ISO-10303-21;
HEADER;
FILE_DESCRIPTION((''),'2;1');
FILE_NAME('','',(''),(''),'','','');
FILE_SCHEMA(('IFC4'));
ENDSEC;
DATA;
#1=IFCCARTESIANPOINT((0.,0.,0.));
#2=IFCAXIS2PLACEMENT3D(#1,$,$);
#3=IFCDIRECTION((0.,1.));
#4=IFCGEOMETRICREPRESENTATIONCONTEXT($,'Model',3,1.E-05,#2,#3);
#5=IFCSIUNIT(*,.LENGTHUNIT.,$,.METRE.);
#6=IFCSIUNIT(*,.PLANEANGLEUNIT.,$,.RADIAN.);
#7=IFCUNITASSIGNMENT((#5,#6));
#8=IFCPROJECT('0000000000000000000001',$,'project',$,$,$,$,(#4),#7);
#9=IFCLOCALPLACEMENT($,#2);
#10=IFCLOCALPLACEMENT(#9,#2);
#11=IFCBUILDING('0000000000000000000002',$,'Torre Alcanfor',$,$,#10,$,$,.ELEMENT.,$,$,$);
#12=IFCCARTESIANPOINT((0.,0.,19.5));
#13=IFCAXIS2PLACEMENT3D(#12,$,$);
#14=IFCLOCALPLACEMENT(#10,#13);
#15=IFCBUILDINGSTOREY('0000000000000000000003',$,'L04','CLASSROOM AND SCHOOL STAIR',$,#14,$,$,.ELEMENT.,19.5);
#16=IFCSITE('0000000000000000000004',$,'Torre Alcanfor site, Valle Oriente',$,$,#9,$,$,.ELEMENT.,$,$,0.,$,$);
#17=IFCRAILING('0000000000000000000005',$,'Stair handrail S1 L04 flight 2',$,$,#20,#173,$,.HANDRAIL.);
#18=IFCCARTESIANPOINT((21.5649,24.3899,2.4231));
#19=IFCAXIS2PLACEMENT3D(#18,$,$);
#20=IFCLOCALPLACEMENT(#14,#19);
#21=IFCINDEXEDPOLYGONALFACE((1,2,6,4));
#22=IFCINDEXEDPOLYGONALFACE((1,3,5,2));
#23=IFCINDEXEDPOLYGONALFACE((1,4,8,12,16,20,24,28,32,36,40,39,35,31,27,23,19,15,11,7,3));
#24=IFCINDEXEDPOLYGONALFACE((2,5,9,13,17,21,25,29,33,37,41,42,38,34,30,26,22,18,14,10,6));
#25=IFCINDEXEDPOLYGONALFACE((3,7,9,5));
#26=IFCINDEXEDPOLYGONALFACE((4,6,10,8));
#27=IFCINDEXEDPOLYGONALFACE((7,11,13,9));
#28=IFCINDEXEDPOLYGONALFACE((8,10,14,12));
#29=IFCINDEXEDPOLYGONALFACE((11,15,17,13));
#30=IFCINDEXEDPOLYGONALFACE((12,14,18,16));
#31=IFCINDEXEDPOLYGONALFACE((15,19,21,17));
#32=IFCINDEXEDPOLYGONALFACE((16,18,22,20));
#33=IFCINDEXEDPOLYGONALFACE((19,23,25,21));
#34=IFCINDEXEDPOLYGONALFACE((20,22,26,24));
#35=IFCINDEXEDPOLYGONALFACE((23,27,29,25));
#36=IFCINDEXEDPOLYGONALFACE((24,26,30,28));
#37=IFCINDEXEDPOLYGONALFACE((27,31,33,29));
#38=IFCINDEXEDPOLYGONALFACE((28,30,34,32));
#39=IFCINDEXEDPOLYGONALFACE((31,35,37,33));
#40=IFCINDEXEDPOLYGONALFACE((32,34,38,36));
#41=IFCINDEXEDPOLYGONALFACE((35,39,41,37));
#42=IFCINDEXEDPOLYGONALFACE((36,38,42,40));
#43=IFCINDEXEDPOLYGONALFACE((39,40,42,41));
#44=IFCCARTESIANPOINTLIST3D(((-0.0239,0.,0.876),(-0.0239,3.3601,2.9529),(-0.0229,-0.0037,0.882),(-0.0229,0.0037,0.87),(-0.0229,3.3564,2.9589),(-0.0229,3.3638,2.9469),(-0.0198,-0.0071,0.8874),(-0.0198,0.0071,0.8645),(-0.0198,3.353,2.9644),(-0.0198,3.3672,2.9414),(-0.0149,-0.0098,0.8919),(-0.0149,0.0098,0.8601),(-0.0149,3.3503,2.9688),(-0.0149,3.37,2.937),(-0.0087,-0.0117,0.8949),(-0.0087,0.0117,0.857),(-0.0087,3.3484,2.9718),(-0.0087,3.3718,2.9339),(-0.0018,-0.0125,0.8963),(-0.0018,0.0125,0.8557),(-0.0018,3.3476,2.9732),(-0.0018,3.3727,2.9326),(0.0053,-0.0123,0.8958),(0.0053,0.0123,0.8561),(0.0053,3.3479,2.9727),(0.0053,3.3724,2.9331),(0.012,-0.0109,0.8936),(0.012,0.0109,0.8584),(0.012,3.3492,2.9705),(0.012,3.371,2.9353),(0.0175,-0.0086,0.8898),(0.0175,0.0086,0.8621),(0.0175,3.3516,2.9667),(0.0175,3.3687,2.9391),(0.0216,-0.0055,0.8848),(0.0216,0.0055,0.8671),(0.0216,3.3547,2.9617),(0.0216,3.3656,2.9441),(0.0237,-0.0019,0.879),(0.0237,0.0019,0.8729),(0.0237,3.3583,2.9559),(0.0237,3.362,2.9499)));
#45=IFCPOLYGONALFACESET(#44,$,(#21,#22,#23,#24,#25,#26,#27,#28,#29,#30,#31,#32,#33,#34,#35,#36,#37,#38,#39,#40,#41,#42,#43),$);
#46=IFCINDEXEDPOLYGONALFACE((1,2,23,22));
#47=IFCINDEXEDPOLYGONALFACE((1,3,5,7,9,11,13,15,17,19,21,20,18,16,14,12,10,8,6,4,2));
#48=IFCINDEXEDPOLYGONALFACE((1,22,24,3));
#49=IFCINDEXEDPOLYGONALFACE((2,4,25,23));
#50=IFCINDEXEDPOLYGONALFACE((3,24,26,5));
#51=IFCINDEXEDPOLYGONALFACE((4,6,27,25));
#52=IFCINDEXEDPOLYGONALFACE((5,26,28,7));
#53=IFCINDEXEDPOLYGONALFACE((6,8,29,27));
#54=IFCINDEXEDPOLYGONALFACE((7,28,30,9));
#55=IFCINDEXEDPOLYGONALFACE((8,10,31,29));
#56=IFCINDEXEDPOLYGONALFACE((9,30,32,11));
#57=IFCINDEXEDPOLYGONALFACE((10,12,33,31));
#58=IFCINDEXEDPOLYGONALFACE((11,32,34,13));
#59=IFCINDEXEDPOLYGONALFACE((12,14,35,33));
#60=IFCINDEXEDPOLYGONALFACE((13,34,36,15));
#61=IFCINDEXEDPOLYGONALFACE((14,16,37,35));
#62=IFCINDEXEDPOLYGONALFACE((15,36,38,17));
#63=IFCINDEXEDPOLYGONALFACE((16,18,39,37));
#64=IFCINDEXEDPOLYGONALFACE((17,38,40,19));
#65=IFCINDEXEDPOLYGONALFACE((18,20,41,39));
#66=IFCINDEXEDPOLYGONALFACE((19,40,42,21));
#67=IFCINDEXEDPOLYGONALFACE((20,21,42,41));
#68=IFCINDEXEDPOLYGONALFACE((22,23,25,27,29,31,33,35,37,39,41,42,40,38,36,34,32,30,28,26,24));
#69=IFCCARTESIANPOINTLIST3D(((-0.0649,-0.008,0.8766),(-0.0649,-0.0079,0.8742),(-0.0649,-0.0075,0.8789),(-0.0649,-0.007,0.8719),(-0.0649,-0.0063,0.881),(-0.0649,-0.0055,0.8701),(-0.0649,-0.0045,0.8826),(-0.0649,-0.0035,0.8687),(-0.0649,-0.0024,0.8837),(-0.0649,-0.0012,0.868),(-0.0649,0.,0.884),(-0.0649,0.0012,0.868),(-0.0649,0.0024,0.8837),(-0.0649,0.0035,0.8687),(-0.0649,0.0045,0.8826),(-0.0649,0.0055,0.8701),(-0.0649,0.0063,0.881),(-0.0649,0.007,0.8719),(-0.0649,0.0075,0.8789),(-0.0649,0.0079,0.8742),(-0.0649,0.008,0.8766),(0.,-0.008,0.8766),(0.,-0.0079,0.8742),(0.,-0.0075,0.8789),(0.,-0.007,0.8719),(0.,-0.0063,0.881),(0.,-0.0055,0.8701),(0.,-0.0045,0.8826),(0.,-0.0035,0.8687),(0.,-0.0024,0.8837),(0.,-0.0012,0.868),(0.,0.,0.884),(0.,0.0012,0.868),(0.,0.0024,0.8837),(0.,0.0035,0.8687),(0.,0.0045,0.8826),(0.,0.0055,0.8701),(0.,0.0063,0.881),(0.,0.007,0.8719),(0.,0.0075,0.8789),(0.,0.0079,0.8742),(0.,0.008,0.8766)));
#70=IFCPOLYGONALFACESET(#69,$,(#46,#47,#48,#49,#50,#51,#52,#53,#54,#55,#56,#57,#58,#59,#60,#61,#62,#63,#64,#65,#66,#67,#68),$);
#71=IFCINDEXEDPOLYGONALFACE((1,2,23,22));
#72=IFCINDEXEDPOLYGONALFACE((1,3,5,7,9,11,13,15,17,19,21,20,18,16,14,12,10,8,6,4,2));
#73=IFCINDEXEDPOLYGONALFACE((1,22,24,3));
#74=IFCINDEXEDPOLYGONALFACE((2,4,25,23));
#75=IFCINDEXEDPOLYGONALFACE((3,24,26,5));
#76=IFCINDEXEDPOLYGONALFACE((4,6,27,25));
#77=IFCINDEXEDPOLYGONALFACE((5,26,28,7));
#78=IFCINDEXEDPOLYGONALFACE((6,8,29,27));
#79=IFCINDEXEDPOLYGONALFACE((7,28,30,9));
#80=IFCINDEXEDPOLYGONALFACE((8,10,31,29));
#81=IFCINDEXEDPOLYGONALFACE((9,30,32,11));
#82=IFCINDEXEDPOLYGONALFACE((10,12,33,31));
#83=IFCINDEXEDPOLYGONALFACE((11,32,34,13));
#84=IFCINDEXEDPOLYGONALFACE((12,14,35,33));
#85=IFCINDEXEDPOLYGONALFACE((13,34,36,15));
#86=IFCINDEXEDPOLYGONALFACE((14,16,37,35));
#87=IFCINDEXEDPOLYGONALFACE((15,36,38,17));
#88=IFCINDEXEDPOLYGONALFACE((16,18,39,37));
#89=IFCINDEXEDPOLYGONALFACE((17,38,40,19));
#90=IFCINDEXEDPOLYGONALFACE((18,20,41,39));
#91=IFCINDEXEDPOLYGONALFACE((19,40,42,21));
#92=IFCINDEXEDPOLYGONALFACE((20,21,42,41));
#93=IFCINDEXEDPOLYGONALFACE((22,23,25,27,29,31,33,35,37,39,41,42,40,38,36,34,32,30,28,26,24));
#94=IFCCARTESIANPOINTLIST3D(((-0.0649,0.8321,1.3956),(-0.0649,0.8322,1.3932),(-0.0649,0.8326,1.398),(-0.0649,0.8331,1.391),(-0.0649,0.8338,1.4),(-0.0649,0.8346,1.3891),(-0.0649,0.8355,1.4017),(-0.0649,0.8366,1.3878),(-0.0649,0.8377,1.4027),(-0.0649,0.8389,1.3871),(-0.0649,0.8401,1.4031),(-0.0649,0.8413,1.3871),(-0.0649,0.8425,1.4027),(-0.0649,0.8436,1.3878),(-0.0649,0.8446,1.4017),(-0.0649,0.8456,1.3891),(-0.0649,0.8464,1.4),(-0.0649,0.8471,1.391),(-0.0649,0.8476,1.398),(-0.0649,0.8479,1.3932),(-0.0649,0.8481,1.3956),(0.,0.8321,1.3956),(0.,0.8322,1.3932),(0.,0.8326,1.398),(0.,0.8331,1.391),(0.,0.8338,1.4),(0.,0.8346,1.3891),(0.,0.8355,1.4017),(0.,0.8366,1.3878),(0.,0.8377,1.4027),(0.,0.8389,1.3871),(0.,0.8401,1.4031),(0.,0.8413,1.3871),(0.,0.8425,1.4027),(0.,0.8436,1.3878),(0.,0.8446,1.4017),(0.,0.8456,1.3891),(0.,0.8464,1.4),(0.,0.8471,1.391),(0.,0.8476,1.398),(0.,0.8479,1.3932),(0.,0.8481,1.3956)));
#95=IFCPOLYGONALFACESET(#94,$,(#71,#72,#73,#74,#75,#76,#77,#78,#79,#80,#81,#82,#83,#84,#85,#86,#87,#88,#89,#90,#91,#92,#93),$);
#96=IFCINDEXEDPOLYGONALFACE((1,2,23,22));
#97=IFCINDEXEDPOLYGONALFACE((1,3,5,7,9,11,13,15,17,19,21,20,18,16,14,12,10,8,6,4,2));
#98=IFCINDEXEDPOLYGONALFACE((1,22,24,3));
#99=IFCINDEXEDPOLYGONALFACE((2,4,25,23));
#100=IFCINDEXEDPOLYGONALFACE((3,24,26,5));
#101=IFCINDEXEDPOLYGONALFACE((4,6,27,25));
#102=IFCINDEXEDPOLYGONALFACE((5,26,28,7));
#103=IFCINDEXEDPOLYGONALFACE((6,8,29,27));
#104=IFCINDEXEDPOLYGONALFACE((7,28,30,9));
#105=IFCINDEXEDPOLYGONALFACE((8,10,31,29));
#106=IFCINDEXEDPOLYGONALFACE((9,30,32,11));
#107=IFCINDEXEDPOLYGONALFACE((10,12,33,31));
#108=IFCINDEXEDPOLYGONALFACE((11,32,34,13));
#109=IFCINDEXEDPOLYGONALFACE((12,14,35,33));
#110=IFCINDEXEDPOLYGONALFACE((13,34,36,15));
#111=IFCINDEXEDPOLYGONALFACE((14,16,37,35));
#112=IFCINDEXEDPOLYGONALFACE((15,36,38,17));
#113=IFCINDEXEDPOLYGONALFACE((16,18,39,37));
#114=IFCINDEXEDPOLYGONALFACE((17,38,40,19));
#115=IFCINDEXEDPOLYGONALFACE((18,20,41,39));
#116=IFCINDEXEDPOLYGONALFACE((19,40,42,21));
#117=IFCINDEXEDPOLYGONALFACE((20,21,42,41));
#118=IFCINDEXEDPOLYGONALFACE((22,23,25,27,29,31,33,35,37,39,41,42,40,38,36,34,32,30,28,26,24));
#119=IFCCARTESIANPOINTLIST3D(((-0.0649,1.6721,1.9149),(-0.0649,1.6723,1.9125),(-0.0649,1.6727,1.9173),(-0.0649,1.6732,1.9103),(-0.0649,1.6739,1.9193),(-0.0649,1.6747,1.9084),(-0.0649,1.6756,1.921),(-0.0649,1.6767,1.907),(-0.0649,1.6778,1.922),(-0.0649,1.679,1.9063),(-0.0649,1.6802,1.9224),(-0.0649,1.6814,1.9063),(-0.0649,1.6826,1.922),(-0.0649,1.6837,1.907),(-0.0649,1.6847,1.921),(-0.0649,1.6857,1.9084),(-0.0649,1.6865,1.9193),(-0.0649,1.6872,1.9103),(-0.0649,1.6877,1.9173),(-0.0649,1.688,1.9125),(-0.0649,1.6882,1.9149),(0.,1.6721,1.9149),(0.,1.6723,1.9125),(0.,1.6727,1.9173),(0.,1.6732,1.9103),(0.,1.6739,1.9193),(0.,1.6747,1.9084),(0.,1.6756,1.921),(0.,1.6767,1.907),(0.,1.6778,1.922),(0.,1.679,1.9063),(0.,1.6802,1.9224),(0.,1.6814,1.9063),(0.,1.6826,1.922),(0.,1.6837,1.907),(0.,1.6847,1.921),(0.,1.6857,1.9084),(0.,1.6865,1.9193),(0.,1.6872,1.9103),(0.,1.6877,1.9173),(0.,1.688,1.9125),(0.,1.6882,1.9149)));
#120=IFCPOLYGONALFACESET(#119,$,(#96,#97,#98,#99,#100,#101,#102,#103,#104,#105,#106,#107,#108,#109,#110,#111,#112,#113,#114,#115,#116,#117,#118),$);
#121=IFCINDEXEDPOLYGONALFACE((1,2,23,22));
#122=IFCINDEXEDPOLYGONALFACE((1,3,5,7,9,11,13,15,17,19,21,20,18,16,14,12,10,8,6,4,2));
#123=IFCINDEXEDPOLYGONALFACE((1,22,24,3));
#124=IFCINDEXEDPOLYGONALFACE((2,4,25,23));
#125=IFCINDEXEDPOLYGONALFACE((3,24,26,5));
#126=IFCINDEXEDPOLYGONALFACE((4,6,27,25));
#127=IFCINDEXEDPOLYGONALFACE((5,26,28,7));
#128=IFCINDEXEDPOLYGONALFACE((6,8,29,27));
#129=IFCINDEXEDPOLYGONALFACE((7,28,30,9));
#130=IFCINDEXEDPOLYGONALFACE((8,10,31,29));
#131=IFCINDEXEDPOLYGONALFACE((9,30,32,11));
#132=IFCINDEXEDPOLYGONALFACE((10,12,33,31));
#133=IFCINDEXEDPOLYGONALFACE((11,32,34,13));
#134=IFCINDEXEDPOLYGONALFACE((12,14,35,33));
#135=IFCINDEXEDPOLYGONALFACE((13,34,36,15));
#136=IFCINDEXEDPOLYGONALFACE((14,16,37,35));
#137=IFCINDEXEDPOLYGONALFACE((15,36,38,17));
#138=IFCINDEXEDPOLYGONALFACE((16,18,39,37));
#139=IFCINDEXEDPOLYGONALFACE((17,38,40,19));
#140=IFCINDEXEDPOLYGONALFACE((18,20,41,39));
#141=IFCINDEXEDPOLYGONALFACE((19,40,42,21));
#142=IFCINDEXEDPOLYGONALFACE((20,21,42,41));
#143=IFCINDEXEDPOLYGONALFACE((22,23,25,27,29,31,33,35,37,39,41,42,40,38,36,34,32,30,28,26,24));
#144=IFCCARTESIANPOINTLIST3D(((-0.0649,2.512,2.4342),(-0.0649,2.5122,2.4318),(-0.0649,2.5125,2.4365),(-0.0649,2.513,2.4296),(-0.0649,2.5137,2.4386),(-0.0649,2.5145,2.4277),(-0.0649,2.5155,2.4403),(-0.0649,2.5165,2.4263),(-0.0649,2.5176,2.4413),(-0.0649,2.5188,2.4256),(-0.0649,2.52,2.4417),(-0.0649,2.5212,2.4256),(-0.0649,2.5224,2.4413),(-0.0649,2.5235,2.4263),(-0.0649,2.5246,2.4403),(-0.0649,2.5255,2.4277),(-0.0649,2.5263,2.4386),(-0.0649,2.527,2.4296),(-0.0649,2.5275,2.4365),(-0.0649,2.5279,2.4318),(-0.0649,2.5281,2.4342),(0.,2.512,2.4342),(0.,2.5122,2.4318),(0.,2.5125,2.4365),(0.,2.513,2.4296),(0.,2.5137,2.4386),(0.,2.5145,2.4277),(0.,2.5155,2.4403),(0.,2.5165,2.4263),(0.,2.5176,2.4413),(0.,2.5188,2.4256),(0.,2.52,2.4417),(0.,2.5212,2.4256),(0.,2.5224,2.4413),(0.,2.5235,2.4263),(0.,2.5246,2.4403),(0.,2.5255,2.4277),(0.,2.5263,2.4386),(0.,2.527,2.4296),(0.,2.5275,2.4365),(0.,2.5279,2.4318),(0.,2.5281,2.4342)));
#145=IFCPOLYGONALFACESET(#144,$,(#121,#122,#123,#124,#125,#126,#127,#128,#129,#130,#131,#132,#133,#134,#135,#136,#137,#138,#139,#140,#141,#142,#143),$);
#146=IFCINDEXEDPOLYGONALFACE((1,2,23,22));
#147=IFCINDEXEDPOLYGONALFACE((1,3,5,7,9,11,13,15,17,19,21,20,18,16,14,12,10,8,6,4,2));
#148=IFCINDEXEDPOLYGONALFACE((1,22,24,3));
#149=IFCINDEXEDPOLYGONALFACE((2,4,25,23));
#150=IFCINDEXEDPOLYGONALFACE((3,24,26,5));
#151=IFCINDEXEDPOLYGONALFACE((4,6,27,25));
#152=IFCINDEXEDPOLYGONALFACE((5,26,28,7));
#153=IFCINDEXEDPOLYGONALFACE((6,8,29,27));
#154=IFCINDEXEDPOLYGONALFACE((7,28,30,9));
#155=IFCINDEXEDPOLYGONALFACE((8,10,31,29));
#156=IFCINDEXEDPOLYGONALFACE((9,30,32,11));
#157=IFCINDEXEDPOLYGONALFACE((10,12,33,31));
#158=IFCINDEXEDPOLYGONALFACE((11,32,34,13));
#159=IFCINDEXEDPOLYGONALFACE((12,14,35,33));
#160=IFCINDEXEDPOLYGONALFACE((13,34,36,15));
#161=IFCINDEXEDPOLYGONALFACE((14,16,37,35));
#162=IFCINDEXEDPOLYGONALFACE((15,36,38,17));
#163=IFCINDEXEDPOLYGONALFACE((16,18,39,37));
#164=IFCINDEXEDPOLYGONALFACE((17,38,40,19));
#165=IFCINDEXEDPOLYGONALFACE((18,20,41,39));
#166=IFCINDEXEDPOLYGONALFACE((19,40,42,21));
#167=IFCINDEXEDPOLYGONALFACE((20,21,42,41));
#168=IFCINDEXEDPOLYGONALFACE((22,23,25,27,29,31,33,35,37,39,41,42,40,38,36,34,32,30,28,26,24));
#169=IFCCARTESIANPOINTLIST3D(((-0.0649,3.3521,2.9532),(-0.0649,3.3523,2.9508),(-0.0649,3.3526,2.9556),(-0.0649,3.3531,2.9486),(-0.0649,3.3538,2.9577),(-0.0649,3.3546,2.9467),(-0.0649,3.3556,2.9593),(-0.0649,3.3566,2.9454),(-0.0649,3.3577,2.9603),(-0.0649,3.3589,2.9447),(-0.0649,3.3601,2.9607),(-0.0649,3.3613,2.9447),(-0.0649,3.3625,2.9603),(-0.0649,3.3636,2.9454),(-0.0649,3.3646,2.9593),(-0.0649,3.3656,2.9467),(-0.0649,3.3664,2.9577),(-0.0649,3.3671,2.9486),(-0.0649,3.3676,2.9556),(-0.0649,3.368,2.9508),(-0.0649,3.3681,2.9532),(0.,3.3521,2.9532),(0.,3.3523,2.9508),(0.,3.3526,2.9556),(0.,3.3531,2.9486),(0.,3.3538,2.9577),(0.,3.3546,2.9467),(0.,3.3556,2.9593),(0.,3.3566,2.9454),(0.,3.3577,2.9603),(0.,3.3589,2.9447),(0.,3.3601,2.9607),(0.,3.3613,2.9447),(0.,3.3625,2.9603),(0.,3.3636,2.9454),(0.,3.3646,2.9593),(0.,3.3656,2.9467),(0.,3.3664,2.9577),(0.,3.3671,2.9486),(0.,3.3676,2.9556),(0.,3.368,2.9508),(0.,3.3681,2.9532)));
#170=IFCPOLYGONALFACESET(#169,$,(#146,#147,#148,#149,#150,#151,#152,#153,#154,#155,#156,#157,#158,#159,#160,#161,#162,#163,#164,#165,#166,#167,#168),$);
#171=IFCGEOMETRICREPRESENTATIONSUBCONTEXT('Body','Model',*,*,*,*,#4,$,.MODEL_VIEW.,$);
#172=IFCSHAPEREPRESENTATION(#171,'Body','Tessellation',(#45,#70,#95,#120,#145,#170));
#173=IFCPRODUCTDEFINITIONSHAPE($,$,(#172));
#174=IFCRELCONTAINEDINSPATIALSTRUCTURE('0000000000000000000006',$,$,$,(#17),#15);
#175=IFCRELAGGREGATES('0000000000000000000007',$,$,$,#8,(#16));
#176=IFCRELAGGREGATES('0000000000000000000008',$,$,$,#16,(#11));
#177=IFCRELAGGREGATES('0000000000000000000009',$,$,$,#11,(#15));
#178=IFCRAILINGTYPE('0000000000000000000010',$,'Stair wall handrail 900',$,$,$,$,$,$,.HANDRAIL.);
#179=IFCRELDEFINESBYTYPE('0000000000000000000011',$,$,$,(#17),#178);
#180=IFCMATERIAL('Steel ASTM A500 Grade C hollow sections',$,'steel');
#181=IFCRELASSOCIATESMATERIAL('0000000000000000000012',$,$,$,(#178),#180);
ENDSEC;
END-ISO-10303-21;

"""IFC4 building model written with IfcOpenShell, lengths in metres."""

from ifc_helpers import new_model, si_unit, direction, frame, origin, origin_2d, place, context, subcontext, project, spatial, circle, extrude, material, type_object, element, save


model = new_model("IFC4")

# Units and contexts
model_context = context("Model", 3, precision=1e-05, world=origin(), true_north=direction((0.0, 1.0)))
body_context = subcontext(model_context, "Body", "Model", "MODEL_VIEW")
ifc_project = project(units=[si_unit("LENGTHUNIT", "METRE"), si_unit("PLANEANGLEUNIT", "RADIAN")], contexts=[model_context])

# Site, building, storey
site_placement = place(None, origin())
site = spatial("IfcSite", under=ifc_project, at=site_placement, Name="Torre Alcanfor site, Valle Oriente", CompositionType="ELEMENT", RefElevation=0.0)
building_placement = place(site_placement, origin())
building = spatial("IfcBuilding", under=site, at=building_placement, Name="Torre Alcanfor", CompositionType="ELEMENT")
storey_placement = place(building_placement, frame((0.0, 0.0, 19.5)))
storey = spatial("IfcBuildingStorey", under=building, at=storey_placement, Name="L04", Description="CLASSROOM AND SCHOOL STAIR", CompositionType="ELEMENT", Elevation=19.5)

# Railing
ifc_material_1 = material(Name="Steel ASTM A500 Grade C hollow sections", Category="steel")
railing_type = type_object("IfcRailingType", Name="Stair wall handrail 900", PredefinedType="HANDRAIL", material=ifc_material_1)
railing_placement = place(storey_placement, frame((21.5649, 24.3899, 2.4231)))
element("IfcRailing", 1, at=railing_placement, inside=storey, type_object=railing_type, Name="Stair handrail S1 L04 flight 2", PredefinedType="HANDRAIL", context=body_context, shape_type="SweptSolid", body=[
    extrude(circle(Radius=0.0239, at=origin_2d()), frame((0.0, 0.0, 0.876), z_axis=(0.0, 0.850623, 0.525776), x_axis=(-1.0, 0.0, 0.0)), (0.0, 0.0, 1.0), 3.9502),
    extrude(circle(Radius=0.0081, at=origin_2d()), frame((0.0, 0.0, 0.876), z_axis=(-1.0, 0.0, 0.0), x_axis=(0.0, 0.0, 1.0)), (0.0, 0.0, 1.0), 0.0649),
    extrude(circle(Radius=0.0081, at=origin_2d()), frame((0.0, 0.8401, 1.395), z_axis=(-1.0, 0.0, 0.0), x_axis=(0.0, 0.0, 1.0)), (0.0, 0.0, 1.0), 0.0649),
    extrude(circle(Radius=0.0081, at=origin_2d()), frame((0.0, 1.6802, 1.9143), z_axis=(-1.0, 0.0, 0.0), x_axis=(0.0, 0.0, 1.0)), (0.0, 0.0, 1.0), 0.0649),
    extrude(circle(Radius=0.0081, at=origin_2d()), frame((0.0, 2.52, 2.4336), z_axis=(-1.0, 0.0, 0.0), x_axis=(0.0, 0.0, 1.0)), (0.0, 0.0, 1.0), 0.0649),
    extrude(circle(Radius=0.0081, at=origin_2d()), frame((0.0, 3.3601, 2.9526), z_axis=(-1.0, 0.0, 0.0), x_axis=(0.0, 0.0, 1.0)), (0.0, 0.0, 1.0), 0.0649),
])

save(model, "model.ifc")
